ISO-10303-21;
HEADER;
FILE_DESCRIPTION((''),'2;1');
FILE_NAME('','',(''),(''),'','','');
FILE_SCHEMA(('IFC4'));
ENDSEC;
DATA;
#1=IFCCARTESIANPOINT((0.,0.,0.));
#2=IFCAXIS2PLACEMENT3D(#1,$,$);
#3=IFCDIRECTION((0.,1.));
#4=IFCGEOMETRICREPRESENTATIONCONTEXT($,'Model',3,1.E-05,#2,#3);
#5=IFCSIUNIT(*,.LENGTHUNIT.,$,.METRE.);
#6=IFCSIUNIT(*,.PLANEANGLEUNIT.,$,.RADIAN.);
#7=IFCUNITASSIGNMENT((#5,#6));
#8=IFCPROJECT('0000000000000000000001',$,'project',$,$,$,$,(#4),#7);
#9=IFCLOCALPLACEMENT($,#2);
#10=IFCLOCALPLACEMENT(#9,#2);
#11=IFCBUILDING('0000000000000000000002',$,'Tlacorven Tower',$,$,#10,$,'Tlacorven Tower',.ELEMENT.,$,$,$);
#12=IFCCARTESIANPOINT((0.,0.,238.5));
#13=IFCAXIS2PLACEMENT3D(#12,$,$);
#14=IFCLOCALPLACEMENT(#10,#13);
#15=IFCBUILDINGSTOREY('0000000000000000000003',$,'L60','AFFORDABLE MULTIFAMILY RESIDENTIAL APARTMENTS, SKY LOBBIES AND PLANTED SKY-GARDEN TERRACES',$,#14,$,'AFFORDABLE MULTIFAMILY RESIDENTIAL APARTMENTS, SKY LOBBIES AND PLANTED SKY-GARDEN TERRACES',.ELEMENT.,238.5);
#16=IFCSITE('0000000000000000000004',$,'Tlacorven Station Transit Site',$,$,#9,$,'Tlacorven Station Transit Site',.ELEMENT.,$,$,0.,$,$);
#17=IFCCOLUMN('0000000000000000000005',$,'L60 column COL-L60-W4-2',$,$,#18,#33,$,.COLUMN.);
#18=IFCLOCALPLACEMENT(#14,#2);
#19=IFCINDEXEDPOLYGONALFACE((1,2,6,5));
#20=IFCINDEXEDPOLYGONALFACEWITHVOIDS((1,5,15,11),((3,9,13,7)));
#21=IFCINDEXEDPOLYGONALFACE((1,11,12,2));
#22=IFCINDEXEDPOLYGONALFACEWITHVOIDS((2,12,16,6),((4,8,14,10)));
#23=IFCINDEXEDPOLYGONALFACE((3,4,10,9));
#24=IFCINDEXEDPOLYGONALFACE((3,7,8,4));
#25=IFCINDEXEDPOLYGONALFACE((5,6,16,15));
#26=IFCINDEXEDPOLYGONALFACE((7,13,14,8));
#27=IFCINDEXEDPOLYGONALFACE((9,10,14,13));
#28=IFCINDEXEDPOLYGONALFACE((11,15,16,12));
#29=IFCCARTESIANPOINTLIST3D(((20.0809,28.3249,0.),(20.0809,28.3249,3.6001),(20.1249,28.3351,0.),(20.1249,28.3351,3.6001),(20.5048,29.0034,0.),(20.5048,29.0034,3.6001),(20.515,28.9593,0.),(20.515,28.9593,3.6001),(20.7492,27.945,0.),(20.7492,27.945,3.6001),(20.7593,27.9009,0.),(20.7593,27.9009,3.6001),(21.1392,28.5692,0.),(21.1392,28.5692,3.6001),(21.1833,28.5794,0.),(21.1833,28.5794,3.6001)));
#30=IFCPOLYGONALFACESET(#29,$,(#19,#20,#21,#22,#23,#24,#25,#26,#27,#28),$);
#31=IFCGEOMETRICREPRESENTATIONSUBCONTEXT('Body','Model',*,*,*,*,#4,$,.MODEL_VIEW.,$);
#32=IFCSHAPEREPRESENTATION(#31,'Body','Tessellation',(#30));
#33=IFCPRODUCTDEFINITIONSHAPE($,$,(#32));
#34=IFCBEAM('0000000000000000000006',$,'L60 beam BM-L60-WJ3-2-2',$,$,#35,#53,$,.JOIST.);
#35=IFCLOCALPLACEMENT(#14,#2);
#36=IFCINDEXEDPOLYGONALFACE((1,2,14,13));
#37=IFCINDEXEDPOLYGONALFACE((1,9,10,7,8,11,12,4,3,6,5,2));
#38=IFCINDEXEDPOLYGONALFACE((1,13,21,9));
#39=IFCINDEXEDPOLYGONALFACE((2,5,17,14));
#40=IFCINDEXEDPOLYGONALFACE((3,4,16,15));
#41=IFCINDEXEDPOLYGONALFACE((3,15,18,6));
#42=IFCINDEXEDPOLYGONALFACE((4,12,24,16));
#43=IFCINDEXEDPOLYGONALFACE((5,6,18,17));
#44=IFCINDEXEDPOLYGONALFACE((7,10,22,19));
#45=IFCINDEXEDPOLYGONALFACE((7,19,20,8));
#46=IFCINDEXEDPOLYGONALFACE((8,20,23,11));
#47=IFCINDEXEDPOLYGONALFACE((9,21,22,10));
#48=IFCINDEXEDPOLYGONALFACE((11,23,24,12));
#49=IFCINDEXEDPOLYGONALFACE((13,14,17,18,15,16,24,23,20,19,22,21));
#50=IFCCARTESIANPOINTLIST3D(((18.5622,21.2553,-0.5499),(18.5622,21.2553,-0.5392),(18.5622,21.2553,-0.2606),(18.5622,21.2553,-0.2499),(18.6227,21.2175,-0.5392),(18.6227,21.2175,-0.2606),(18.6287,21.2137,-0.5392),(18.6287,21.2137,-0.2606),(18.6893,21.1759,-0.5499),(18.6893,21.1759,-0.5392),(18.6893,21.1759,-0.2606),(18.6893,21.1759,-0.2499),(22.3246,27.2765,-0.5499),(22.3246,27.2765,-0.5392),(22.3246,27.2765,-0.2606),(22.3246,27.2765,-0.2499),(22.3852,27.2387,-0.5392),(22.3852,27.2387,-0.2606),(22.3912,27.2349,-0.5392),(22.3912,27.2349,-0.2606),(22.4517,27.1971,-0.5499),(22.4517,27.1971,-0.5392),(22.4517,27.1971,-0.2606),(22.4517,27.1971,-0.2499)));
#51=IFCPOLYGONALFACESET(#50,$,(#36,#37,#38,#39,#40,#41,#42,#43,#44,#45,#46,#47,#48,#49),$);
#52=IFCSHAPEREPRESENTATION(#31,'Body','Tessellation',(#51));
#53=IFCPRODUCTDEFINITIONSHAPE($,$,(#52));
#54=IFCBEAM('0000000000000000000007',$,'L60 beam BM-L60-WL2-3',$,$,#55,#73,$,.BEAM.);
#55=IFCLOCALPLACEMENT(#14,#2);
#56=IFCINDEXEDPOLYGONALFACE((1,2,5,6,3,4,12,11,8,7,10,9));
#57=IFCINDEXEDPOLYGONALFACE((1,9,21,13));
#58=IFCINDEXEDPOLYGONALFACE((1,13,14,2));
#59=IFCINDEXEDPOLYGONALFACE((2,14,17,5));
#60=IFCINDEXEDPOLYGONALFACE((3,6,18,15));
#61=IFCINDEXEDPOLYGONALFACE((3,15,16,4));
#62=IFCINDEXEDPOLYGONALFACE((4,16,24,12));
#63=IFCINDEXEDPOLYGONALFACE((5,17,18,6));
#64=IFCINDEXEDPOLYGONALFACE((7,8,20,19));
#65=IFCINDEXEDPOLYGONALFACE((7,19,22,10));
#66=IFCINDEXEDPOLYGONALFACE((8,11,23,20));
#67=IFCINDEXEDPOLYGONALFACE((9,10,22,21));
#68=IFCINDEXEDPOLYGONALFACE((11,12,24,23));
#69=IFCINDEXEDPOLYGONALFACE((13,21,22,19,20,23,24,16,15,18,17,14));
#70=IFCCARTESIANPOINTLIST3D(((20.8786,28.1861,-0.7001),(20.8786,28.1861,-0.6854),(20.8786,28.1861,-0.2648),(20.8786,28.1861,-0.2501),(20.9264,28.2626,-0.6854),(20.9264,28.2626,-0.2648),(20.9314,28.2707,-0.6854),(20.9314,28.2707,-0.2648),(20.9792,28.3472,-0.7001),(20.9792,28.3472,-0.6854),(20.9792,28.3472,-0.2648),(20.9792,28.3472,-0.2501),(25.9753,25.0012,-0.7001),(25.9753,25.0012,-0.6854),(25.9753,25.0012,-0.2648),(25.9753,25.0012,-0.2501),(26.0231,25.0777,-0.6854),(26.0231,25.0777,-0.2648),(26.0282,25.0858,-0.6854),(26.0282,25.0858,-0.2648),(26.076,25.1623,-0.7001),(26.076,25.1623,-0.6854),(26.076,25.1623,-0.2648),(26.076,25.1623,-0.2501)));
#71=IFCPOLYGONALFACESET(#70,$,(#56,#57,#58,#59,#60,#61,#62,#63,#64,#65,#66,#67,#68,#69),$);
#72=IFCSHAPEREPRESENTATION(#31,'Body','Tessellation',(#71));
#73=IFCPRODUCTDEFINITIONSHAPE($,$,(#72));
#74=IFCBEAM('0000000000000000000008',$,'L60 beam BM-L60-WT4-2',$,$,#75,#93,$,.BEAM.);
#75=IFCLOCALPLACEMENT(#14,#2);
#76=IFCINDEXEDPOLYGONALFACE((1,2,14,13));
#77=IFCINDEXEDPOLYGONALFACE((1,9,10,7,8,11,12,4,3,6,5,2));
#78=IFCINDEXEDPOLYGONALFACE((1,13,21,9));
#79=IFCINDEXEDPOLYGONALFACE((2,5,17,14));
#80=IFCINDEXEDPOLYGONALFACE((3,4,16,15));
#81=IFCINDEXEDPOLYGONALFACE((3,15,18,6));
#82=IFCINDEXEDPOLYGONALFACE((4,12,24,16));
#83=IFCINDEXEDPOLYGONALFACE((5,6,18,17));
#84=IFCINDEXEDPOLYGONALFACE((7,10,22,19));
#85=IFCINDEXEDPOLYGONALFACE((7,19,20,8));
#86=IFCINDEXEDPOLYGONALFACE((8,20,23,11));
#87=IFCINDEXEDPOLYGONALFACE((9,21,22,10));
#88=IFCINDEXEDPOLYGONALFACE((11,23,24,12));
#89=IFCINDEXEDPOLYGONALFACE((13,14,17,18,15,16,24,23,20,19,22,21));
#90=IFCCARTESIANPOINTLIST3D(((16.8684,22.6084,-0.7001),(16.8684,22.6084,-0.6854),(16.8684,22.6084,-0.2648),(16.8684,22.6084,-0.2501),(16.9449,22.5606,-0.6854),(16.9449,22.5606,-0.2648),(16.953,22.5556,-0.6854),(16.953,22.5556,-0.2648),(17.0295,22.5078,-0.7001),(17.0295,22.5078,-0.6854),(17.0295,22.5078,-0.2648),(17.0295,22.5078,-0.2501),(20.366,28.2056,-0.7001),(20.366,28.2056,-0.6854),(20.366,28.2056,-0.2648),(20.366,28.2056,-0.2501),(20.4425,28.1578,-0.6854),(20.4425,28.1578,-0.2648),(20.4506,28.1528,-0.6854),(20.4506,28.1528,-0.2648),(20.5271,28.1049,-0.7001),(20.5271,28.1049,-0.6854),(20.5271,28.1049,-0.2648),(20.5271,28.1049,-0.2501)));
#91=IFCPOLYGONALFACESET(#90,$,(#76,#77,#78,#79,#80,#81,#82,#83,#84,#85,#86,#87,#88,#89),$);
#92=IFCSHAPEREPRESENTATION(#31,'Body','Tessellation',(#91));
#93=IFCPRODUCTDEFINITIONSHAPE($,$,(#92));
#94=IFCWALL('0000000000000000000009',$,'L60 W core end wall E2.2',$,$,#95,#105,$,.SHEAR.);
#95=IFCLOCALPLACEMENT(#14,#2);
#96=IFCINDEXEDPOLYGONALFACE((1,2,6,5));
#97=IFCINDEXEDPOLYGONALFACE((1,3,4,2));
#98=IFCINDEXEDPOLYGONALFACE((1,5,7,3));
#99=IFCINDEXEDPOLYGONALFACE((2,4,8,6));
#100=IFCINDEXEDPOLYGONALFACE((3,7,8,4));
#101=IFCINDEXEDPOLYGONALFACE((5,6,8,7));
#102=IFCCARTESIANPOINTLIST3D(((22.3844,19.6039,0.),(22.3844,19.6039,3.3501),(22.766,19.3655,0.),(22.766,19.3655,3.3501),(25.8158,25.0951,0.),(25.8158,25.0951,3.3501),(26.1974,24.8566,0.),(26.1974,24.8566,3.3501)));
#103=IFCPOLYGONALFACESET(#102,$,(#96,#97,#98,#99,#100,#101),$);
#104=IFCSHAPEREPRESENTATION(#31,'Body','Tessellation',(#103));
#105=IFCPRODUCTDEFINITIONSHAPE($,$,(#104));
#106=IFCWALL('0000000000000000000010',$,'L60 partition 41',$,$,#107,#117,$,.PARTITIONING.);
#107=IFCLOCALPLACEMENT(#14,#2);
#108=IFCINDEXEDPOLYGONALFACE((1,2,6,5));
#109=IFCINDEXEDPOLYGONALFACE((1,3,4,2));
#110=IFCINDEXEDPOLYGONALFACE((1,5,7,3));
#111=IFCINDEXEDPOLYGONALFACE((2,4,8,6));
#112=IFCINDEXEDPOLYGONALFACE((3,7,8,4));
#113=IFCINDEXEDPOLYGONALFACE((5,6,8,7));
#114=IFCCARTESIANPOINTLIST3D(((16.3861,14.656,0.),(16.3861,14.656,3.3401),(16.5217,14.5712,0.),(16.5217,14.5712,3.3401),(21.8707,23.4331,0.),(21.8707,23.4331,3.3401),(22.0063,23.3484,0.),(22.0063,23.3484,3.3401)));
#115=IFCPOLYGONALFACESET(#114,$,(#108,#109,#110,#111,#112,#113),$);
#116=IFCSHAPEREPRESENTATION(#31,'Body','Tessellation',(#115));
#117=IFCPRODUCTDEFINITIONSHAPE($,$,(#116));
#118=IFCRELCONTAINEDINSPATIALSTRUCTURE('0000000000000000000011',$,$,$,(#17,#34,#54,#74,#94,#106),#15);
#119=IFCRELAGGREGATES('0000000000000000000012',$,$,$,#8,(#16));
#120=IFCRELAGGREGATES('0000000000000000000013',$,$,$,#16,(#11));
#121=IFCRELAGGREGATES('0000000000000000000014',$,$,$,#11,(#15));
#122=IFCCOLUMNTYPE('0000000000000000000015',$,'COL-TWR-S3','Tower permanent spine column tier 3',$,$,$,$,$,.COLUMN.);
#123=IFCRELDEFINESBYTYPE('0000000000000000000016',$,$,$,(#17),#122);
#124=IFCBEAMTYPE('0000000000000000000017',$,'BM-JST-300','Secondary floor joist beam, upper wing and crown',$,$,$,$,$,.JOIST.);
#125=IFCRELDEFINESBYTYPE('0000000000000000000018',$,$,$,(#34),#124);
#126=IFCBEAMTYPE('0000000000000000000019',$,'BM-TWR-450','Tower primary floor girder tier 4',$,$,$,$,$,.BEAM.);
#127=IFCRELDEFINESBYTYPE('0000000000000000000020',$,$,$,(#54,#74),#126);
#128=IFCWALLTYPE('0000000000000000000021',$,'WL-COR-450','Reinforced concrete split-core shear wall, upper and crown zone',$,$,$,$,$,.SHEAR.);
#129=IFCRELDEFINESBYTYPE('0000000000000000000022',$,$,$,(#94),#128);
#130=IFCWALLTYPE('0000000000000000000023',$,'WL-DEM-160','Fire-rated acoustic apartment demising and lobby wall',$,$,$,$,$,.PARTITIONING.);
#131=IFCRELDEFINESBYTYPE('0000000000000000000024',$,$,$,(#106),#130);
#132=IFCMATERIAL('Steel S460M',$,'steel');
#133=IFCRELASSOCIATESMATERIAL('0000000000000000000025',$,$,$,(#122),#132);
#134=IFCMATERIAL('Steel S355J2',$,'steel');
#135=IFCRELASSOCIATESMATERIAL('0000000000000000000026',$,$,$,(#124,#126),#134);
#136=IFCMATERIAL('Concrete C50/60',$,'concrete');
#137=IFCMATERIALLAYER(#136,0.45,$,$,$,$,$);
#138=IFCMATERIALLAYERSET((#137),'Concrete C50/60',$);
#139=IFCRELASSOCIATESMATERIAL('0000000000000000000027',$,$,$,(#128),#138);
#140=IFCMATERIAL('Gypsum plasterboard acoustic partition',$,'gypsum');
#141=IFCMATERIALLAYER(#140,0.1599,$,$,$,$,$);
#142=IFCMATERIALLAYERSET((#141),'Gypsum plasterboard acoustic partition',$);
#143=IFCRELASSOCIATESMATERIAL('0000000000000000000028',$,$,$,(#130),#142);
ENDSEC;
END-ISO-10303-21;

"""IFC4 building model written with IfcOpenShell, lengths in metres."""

from ifc_helpers import new_model, si_unit, direction, frame, frame_2d, origin, origin_2d, place, context, subcontext, project, spatial, rectangle, hollow_rectangle, i_section, extrude, source, transform, mapped, material, layer, layer_set, material_profile, profile_set, type_object, element, save


model = new_model("IFC4")

# Units and contexts
model_context = context("Model", 3, precision=1e-05, world=origin(), true_north=direction((0.0, 1.0)))
body_context = subcontext(model_context, "Body", "Model", "MODEL_VIEW")
ifc_project = project(units=[si_unit("LENGTHUNIT", "METRE"), si_unit("PLANEANGLEUNIT", "RADIAN")], contexts=[model_context])

# Site, building, storey
site_placement = place(None, origin())
site = spatial("IfcSite", under=ifc_project, at=site_placement, Name="Tlacorven Station Transit Site", LongName="Tlacorven Station Transit Site", CompositionType="ELEMENT", RefElevation=0.0)
building_placement = place(site_placement, origin())
building = spatial("IfcBuilding", under=site, at=building_placement, Name="Tlacorven Tower", LongName="Tlacorven Tower", CompositionType="ELEMENT")
storey_placement = place(building_placement, frame((0.0, 0.0, 238.5)))
storey = spatial("IfcBuildingStorey", under=building, at=storey_placement, Name="L60", Description="AFFORDABLE MULTIFAMILY RESIDENTIAL APARTMENTS, SKY LOBBIES AND PLANTED SKY-GARDEN TERRACES", LongName="AFFORDABLE MULTIFAMILY RESIDENTIAL APARTMENTS, SKY LOBBIES AND PLANTED SKY-GARDEN TERRACES", CompositionType="ELEMENT", Elevation=238.5)

# Column
ifc_material_1 = material(Name="Steel S460M", Category="steel")
ifc_material_profile_1 = material_profile(ifc_material_1, hollow_rectangle(XDim=0.8, YDim=0.8, WallThickness=0.032, at=origin_2d()), Name="BOX 800X800X32")
ifc_profile_set_1 = profile_set([ifc_material_profile_1], Name="Steel S460M")
column_type = type_object("IfcColumnType", Name="COL-TWR-S3", Description="Tower permanent spine column tier 3", PredefinedType="COLUMN", material=ifc_profile_set_1)
shared_shape_1 = source(origin(), body_context, "Body", "SweptSolid", [
    extrude(hollow_rectangle(XDim=0.8, YDim=0.8, WallThickness=0.032, at=origin_2d()), origin(), (0.0, 0.0, 1.0), 3.6001),
])
column_placement = place(storey_placement, frame((20.6321, 28.4521, 0.0), z_axis=(0.0, 0.0, 1.0), x_axis=(-0.848048, 0.529919, 0.0)))
element("IfcColumn", 1, at=column_placement, inside=storey, type_object=column_type, Name="L60 column COL-L60-W4-2", PredefinedType="COLUMN", context=body_context, shape_type="MappedRepresentation", body=[
    mapped(shared_shape_1, transform((0.0, 0.0, 0.0), scale=1.0)),
])

# Beams
ifc_material_2 = material(Name="Steel S355J2", Category="steel")
ifc_material_profile_2 = material_profile(ifc_material_2, i_section(OverallWidth=0.1499, OverallDepth=0.3, WebThickness=0.0071, FlangeThickness=0.0107, at=origin_2d()), Name="IPE 300")
ifc_profile_set_2 = profile_set([ifc_material_profile_2], Name="Steel S355J2")
beam_type_1 = type_object("IfcBeamType", Name="BM-JST-300", Description="Secondary floor joist beam, upper wing and crown", PredefinedType="JOIST", material=ifc_profile_set_2)
shared_shape_2 = source(origin(), body_context, "Body", "SweptSolid", [
    extrude(i_section(OverallWidth=0.1499, OverallDepth=0.3, WebThickness=0.0071, FlangeThickness=0.0107, at=origin_2d()), origin(), (0.0, 0.0, 1.0), 7.1001),
])
beam_1_placement = place(storey_placement, frame((22.3882, 27.2368, -0.3999), z_axis=(-0.529915, -0.84805, 0.0), x_axis=(0.84805, -0.529915, 0.0)))
element("IfcBeam", 2, at=beam_1_placement, inside=storey, type_object=beam_type_1, Name="L60 beam BM-L60-WJ3-2-2", PredefinedType="JOIST", context=body_context, shape_type="MappedRepresentation", body=[
    mapped(shared_shape_2, transform((0.0, 0.0, 0.0), scale=1.0)),
])
ifc_material_profile_3 = material_profile(ifc_material_2, i_section(OverallWidth=0.1899, OverallDepth=0.45, WebThickness=0.0095, FlangeThickness=0.0146, at=origin_2d()), Name="IPE 450")
ifc_profile_set_3 = profile_set([ifc_material_profile_3], Name="Steel S355J2")
beam_type_2 = type_object("IfcBeamType", Name="BM-TWR-450", Description="Tower primary floor girder tier 4", PredefinedType="BEAM", material=ifc_profile_set_3)
shared_shape_3 = source(origin(), body_context, "Body", "SweptSolid", [
    extrude(i_section(OverallWidth=0.1899, OverallDepth=0.45, WebThickness=0.0095, FlangeThickness=0.0146, at=origin_2d()), origin(), (0.0, 0.0, 1.0), 6.01),
])
beam_2_placement = place(storey_placement, frame((26.0256, 25.0818, -0.4751), z_axis=(-0.848044, 0.529926, 0.0), x_axis=(-0.529926, -0.848044, 0.0)))
element("IfcBeam", 3, at=beam_2_placement, inside=storey, type_object=beam_type_2, Name="L60 beam BM-L60-WL2-3", PredefinedType="BEAM", context=body_context, shape_type="MappedRepresentation", body=[
    mapped(shared_shape_3, transform((0.0, 0.0, 0.0), scale=1.0)),
])
shared_shape_4 = source(origin(), body_context, "Body", "SweptSolid", [
    extrude(i_section(OverallWidth=0.1899, OverallDepth=0.45, WebThickness=0.0095, FlangeThickness=0.0146, at=origin_2d()), origin(), (0.0, 0.0, 1.0), 6.6001),
])
beam_3_placement = place(storey_placement, frame((20.4465, 28.1553, -0.4751), z_axis=(-0.529926, -0.848044, 0.0), x_axis=(0.848044, -0.529926, 0.0)))
element("IfcBeam", 4, at=beam_3_placement, inside=storey, type_object=beam_type_2, Name="L60 beam BM-L60-WT4-2", PredefinedType="BEAM", context=body_context, shape_type="MappedRepresentation", body=[
    mapped(shared_shape_4, transform((0.0, 0.0, 0.0), scale=1.0)),
])

# Walls
ifc_material_3 = material(Name="Concrete C50/60", Category="concrete")
ifc_layer_1 = layer(ifc_material_3, 0.45)
ifc_layer_set_1 = layer_set([ifc_layer_1], Name="Concrete C50/60")
wall_type_1 = type_object("IfcWallType", Name="WL-COR-450", Description="Reinforced concrete split-core shear wall, upper and crown zone", PredefinedType="SHEAR", material=ifc_layer_set_1)
wall_1_placement = place(storey_placement, frame((26.0066, 24.9758, 0.0), z_axis=(0.0, 0.0, 1.0), x_axis=(-0.529931, -0.848041, 0.0)))
element("IfcWall", 5, at=wall_1_placement, inside=storey, type_object=wall_type_1, Name="L60 W core end wall E2.2", PredefinedType="SHEAR", context=body_context, shape_type="SweptSolid", body=[
    extrude(rectangle(XDim=6.4751, YDim=0.45, at=frame_2d((3.2375, 0.0))), origin(), (0.0, 0.0, 1.0), 3.3501),
])
ifc_material_4 = material(Name="Gypsum plasterboard acoustic partition", Category="gypsum")
ifc_layer_2 = layer(ifc_material_4, 0.1599)
ifc_layer_set_2 = layer_set([ifc_layer_2], Name="Gypsum plasterboard acoustic partition")
wall_type_2 = type_object("IfcWallType", Name="WL-DEM-160", Description="Fire-rated acoustic apartment demising and lobby wall", PredefinedType="PARTITIONING", material=ifc_layer_set_2)
wall_2_placement = place(storey_placement, frame((21.9385, 23.3906, 0.0), z_axis=(0.0, 0.0, 1.0), x_axis=(-0.529925, -0.848045, 0.0)))
element("IfcWall", 6, at=wall_2_placement, inside=storey, type_object=wall_type_2, Name="L60 partition 41", PredefinedType="PARTITIONING", context=body_context, shape_type="SweptSolid", body=[
    extrude(rectangle(XDim=10.3499, YDim=0.1599, at=frame_2d((5.1748, 0.0))), origin(), (0.0, 0.0, 1.0), 3.3401),
])

save(model, "model.ifc")
